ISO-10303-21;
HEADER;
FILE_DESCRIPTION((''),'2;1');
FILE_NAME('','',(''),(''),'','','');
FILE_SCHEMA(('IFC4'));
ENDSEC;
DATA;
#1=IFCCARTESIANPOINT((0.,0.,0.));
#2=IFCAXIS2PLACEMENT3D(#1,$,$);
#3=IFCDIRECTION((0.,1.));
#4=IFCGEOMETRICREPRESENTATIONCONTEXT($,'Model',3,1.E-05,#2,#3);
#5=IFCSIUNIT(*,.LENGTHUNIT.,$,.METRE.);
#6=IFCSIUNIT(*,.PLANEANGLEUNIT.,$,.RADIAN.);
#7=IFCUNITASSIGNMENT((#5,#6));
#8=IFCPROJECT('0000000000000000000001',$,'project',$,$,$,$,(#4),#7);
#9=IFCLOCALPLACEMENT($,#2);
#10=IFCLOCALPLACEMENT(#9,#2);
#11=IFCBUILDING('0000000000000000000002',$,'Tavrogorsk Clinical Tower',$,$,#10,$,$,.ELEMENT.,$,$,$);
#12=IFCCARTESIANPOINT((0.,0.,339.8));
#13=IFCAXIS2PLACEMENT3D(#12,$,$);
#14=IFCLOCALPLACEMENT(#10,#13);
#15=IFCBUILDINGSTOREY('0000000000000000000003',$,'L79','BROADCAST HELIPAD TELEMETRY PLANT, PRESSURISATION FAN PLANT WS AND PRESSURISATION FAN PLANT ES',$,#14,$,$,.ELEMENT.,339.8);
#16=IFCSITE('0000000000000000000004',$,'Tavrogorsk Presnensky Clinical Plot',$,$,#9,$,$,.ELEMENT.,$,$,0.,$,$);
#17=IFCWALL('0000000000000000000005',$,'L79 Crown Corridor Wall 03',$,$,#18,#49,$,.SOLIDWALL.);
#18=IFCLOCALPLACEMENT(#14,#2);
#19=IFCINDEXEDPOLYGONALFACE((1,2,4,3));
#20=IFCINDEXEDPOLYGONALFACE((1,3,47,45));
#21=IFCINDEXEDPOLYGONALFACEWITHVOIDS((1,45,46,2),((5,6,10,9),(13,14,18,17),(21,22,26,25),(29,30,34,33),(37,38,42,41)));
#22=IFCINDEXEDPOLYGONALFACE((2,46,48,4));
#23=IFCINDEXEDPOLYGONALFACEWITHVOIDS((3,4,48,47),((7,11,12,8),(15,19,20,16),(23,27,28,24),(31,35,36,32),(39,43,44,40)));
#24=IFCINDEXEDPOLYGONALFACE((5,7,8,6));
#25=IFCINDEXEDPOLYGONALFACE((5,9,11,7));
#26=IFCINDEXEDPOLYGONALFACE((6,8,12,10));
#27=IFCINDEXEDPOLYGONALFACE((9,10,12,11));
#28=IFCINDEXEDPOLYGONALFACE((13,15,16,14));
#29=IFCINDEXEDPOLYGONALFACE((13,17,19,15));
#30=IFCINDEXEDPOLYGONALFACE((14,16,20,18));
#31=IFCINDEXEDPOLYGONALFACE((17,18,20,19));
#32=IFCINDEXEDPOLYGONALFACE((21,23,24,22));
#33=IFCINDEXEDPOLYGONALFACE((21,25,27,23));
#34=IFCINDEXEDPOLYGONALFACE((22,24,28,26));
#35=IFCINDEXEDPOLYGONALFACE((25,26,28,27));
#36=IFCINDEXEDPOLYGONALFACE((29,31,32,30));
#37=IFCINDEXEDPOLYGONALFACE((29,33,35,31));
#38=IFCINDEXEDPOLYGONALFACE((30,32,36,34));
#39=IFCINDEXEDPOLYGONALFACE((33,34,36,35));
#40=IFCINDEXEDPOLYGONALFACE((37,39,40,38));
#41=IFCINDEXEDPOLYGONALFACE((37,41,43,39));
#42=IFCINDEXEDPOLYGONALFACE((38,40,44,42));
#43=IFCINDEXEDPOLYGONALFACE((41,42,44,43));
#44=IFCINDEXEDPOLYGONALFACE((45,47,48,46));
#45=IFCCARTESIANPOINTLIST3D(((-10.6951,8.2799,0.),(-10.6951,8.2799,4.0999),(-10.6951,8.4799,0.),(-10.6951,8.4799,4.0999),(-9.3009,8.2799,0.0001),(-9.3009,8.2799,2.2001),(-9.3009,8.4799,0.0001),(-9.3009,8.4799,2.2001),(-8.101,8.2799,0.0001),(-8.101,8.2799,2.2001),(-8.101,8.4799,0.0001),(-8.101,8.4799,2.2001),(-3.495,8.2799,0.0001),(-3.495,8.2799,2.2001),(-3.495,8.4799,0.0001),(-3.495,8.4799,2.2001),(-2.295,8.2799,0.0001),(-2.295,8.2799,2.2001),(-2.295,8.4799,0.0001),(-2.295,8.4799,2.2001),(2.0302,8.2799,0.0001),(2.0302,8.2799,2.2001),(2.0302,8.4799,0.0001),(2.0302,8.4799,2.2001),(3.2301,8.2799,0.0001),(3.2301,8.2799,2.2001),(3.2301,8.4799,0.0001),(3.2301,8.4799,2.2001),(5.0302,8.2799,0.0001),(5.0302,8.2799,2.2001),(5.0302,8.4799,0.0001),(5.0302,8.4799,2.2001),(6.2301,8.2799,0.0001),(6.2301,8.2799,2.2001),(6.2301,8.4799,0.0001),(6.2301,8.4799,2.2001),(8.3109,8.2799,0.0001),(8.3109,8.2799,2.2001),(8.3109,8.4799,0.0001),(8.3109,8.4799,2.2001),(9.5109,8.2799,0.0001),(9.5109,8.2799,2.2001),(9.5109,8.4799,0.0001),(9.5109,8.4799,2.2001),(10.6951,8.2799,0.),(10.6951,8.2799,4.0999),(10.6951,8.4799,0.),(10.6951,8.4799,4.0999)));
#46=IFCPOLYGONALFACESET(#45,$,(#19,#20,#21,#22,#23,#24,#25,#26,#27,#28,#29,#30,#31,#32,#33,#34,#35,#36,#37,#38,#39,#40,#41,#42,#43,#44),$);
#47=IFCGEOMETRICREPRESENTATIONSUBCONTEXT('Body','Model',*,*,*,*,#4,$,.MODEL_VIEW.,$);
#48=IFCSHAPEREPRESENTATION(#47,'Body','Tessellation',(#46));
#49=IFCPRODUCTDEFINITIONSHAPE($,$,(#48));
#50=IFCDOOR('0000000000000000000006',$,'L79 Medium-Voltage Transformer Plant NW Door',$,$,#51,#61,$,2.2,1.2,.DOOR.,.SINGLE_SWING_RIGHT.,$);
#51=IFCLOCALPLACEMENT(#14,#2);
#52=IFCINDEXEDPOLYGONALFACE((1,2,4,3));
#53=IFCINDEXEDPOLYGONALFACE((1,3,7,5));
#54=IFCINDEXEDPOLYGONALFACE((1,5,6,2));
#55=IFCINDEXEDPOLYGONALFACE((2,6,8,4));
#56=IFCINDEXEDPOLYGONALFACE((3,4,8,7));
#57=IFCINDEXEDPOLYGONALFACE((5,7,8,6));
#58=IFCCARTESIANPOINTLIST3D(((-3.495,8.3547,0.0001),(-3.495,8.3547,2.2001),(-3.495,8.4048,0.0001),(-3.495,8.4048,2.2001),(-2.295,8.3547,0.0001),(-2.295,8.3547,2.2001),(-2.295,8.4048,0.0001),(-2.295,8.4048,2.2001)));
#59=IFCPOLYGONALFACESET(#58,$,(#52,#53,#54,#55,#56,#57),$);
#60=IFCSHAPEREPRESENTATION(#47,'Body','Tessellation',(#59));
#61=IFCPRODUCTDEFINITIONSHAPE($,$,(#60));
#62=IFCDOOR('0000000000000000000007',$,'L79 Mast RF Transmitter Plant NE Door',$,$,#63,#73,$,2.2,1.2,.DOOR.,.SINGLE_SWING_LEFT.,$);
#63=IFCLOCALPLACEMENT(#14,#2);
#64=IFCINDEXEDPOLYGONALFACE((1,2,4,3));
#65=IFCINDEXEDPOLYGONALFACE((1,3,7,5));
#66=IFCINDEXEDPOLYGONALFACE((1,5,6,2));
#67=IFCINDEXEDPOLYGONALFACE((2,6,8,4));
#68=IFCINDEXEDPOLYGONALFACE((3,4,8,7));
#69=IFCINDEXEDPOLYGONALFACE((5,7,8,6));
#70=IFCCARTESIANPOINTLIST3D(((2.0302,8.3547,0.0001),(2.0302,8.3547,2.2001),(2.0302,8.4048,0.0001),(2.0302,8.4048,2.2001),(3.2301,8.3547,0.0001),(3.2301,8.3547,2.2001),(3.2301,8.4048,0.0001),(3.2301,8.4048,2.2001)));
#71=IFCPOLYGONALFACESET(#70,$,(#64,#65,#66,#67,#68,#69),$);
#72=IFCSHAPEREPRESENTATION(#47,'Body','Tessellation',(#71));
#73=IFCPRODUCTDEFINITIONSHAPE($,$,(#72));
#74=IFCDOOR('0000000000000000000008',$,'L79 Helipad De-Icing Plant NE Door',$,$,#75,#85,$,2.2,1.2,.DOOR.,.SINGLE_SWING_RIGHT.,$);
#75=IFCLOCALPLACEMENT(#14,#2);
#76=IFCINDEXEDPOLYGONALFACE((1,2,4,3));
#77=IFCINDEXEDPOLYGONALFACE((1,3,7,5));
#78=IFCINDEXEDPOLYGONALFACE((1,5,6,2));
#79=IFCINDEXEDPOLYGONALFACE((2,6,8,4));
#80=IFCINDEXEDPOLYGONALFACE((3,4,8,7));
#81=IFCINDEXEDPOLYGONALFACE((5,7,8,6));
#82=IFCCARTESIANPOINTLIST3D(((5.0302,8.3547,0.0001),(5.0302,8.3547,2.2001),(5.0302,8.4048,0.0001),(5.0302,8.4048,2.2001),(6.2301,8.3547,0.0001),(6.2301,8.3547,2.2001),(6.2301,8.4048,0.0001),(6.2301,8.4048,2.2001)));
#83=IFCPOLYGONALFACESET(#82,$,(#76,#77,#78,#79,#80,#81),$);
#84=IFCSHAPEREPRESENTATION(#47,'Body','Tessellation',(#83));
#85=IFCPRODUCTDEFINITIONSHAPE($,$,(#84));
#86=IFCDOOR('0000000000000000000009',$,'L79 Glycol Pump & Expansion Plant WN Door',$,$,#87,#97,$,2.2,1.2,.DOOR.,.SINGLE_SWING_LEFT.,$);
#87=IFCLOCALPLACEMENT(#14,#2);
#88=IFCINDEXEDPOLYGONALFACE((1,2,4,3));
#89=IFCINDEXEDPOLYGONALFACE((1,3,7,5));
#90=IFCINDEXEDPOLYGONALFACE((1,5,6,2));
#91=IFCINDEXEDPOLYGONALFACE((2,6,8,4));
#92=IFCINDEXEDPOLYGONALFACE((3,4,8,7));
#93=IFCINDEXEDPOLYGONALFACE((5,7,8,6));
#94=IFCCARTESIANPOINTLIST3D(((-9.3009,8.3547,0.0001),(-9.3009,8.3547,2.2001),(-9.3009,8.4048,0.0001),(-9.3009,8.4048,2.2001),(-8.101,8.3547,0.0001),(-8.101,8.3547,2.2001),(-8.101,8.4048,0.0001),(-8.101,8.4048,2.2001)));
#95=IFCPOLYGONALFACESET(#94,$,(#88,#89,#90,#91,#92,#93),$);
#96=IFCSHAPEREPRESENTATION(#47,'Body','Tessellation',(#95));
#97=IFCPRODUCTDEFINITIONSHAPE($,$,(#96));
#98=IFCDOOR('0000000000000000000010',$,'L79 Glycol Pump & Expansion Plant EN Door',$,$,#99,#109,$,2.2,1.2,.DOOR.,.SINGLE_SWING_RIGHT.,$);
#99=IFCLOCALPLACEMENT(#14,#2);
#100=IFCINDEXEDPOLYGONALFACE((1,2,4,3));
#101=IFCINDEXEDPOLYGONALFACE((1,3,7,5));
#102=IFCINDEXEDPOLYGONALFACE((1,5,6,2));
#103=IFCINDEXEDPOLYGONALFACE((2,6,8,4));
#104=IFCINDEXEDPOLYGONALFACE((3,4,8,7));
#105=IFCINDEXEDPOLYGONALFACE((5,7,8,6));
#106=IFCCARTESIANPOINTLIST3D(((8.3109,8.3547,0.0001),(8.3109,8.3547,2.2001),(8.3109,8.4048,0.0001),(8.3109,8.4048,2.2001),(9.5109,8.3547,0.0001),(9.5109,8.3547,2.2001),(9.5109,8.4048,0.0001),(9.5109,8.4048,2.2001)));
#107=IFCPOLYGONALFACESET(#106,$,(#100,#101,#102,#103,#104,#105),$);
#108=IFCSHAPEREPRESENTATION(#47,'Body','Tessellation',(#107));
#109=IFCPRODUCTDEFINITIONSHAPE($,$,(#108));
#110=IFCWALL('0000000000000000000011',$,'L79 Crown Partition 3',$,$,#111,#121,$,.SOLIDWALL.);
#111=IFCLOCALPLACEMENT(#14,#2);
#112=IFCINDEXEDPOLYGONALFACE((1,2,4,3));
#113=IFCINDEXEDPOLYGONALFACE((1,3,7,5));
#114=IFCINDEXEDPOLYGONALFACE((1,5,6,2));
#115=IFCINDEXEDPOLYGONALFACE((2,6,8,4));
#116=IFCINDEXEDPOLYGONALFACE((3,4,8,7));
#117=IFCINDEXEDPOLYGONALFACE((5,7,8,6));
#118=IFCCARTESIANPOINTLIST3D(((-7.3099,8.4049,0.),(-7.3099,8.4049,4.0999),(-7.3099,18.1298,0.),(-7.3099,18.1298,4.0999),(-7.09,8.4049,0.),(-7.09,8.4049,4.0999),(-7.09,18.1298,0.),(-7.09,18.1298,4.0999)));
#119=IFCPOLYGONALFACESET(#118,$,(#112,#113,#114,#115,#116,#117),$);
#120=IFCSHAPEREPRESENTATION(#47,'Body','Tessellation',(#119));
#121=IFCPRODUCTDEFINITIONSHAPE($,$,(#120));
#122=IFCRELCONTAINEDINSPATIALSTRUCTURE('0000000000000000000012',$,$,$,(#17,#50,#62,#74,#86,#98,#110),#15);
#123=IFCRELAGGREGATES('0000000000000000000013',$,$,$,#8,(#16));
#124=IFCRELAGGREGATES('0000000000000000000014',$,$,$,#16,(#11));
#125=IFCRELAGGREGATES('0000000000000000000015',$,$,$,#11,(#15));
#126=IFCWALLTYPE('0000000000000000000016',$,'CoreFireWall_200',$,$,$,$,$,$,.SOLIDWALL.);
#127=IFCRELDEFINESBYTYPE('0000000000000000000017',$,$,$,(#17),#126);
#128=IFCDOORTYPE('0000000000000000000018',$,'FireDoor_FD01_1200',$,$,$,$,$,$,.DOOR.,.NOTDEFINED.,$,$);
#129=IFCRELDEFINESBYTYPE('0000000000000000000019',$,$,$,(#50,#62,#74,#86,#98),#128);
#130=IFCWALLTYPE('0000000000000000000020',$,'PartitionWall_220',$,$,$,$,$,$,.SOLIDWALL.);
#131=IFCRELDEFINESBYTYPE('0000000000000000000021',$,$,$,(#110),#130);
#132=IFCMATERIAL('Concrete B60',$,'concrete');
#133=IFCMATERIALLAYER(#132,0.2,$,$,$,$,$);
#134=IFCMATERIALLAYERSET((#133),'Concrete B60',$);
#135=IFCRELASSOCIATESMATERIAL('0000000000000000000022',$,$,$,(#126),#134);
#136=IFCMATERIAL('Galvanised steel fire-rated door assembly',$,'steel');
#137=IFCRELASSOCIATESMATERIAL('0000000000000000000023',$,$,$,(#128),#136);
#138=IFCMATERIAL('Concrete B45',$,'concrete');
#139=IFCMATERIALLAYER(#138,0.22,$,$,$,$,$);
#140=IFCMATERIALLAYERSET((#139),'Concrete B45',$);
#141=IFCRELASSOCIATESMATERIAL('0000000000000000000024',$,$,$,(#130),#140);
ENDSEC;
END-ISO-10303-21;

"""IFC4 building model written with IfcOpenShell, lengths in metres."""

from ifc_helpers import new_model, si_unit, direction, frame, frame_2d, origin, place, context, subcontext, project, spatial, rectangle, extrude, material, layer, layer_set, type_object, element, fill, save


model = new_model("IFC4")

# Units and contexts
model_context = context("Model", 3, precision=1e-05, world=origin(), true_north=direction((0.0, 1.0)))
body_context = subcontext(model_context, "Body", "Model", "MODEL_VIEW")
ifc_project = project(units=[si_unit("LENGTHUNIT", "METRE"), si_unit("PLANEANGLEUNIT", "RADIAN")], contexts=[model_context])

# Site, building, storey
site_placement = place(None, origin())
site = spatial("IfcSite", under=ifc_project, at=site_placement, Name="Tavrogorsk Presnensky Clinical Plot", CompositionType="ELEMENT", RefElevation=0.0)
building_placement = place(site_placement, origin())
building = spatial("IfcBuilding", under=site, at=building_placement, Name="Tavrogorsk Clinical Tower", CompositionType="ELEMENT")
storey_placement = place(building_placement, frame((0.0, 0.0, 339.8)))
storey = spatial("IfcBuildingStorey", under=building, at=storey_placement, Name="L79", Description="BROADCAST HELIPAD TELEMETRY PLANT, PRESSURISATION FAN PLANT WS AND PRESSURISATION FAN PLANT ES", CompositionType="ELEMENT", Elevation=339.8)

# Shared definitions
ifc_material_1 = material(Name="Concrete B60", Category="concrete")
ifc_layer_1 = layer(ifc_material_1, 0.2)
ifc_layer_set_1 = layer_set([ifc_layer_1], Name="Concrete B60")
wall_type_1 = type_object("IfcWallType", Name="CoreFireWall_200", PredefinedType="SOLIDWALL", material=ifc_layer_set_1)

# Wall, openings, doors
wall_1_placement = place(storey_placement, frame((-10.6951, 8.3799, 0.0), z_axis=(0.0, 0.0, 1.0), x_axis=(1.0, 0.0, 0.0)))
wall_1 = element("IfcWall", 1, at=wall_1_placement, inside=storey, type_object=wall_type_1, Name="L79 Crown Corridor Wall 03", PredefinedType="SOLIDWALL", context=body_context, shape_type="SweptSolid", body=[
    extrude(rectangle(XDim=21.3901, YDim=0.2, at=frame_2d((10.6951, 0.0))), origin(), (0.0, 0.0, 1.0), 4.0999),
])
opening_1_placement = place(wall_1_placement, frame((7.2, 0.0, 0.0)))
opening_1 = element("IfcOpeningElement", 2, at=opening_1_placement, cuts=wall_1, PredefinedType="OPENING", context=body_context, shape_type="SweptSolid", body=[
    extrude(rectangle(XDim=1.2, YDim=2.2, at=frame_2d((0.6001, 1.1001))), frame((0.0, 0.1099, 0.0), z_axis=(0.0, -1.0, 0.0), x_axis=(1.0, 0.0, 0.0)), (0.0, 0.0, 1.0), 0.22),
])
opening_2_placement = place(wall_1_placement, frame((12.7251, 0.0, 0.0)))
opening_2 = element("IfcOpeningElement", 3, at=opening_2_placement, cuts=wall_1, PredefinedType="OPENING", context=body_context, shape_type="SweptSolid", body=[
    extrude(rectangle(XDim=1.2, YDim=2.2, at=frame_2d((0.6001, 1.1001))), frame((0.0, 0.1099, 0.0), z_axis=(0.0, -1.0, 0.0), x_axis=(1.0, 0.0, 0.0)), (0.0, 0.0, 1.0), 0.22),
])
opening_3_placement = place(wall_1_placement, frame((15.7251, 0.0, 0.0)))
opening_3 = element("IfcOpeningElement", 4, at=opening_3_placement, cuts=wall_1, PredefinedType="OPENING", context=body_context, shape_type="SweptSolid", body=[
    extrude(rectangle(XDim=1.2, YDim=2.2, at=frame_2d((0.6001, 1.1001))), frame((0.0, 0.1099, 0.0), z_axis=(0.0, -1.0, 0.0), x_axis=(1.0, 0.0, 0.0)), (0.0, 0.0, 1.0), 0.22),
])
opening_4_placement = place(wall_1_placement, frame((1.394, 0.0, 0.0)))
opening_4 = element("IfcOpeningElement", 5, at=opening_4_placement, cuts=wall_1, PredefinedType="OPENING", context=body_context, shape_type="SweptSolid", body=[
    extrude(rectangle(XDim=1.2, YDim=2.2, at=frame_2d((0.6001, 1.1001))), frame((0.0, 0.1099, 0.0), z_axis=(0.0, -1.0, 0.0), x_axis=(1.0, 0.0, 0.0)), (0.0, 0.0, 1.0), 0.22),
])
opening_5_placement = place(wall_1_placement, frame((19.0059, 0.0, 0.0)))
opening_5 = element("IfcOpeningElement", 6, at=opening_5_placement, cuts=wall_1, PredefinedType="OPENING", context=body_context, shape_type="SweptSolid", body=[
    extrude(rectangle(XDim=1.2, YDim=2.2, at=frame_2d((0.6001, 1.1001))), frame((0.0, 0.1099, 0.0), z_axis=(0.0, -1.0, 0.0), x_axis=(1.0, 0.0, 0.0)), (0.0, 0.0, 1.0), 0.22),
])
ifc_material_2 = material(Name="Galvanised steel fire-rated door assembly", Category="steel")
door_type = type_object("IfcDoorType", Name="FireDoor_FD01_1200", OperationType="NOTDEFINED", PredefinedType="DOOR", material=ifc_material_2)
door_1_placement = place(opening_1_placement, origin())
door_1 = element("IfcDoor", 7, at=door_1_placement, inside=storey, type_object=door_type, Name="L79 Medium-Voltage Transformer Plant NW Door", OperationType="SINGLE_SWING_RIGHT", OverallHeight=2.2, OverallWidth=1.2, PredefinedType="DOOR", context=body_context, shape_type="SweptSolid", body=[
    extrude(rectangle(XDim=1.2, YDim=2.2, at=frame_2d((0.6001, 1.1001))), frame((0.0, 0.0249, 0.0), z_axis=(0.0, -1.0, 0.0), x_axis=(1.0, 0.0, 0.0)), (0.0, 0.0, 1.0), 0.05),
])
fill(opening_1, door_1)
door_2_placement = place(opening_2_placement, origin())
door_2 = element("IfcDoor", 8, at=door_2_placement, inside=storey, type_object=door_type, Name="L79 Mast RF Transmitter Plant NE Door", OperationType="SINGLE_SWING_LEFT", OverallHeight=2.2, OverallWidth=1.2, PredefinedType="DOOR", context=body_context, shape_type="SweptSolid", body=[
    extrude(rectangle(XDim=1.2, YDim=2.2, at=frame_2d((0.6001, 1.1001))), frame((0.0, 0.0249, 0.0), z_axis=(0.0, -1.0, 0.0), x_axis=(1.0, 0.0, 0.0)), (0.0, 0.0, 1.0), 0.05),
])
fill(opening_2, door_2)
door_3_placement = place(opening_3_placement, origin())
door_3 = element("IfcDoor", 9, at=door_3_placement, inside=storey, type_object=door_type, Name="L79 Helipad De-Icing Plant NE Door", OperationType="SINGLE_SWING_RIGHT", OverallHeight=2.2, OverallWidth=1.2, PredefinedType="DOOR", context=body_context, shape_type="SweptSolid", body=[
    extrude(rectangle(XDim=1.2, YDim=2.2, at=frame_2d((0.6001, 1.1001))), frame((0.0, 0.0249, 0.0), z_axis=(0.0, -1.0, 0.0), x_axis=(1.0, 0.0, 0.0)), (0.0, 0.0, 1.0), 0.05),
])
fill(opening_3, door_3)
door_4_placement = place(opening_4_placement, origin())
door_4 = element("IfcDoor", 10, at=door_4_placement, inside=storey, type_object=door_type, Name="L79 Glycol Pump & Expansion Plant WN Door", OperationType="SINGLE_SWING_LEFT", OverallHeight=2.2, OverallWidth=1.2, PredefinedType="DOOR", context=body_context, shape_type="SweptSolid", body=[
    extrude(rectangle(XDim=1.2, YDim=2.2, at=frame_2d((0.6001, 1.1001))), frame((0.0, 0.0249, 0.0), z_axis=(0.0, -1.0, 0.0), x_axis=(1.0, 0.0, 0.0)), (0.0, 0.0, 1.0), 0.05),
])
fill(opening_4, door_4)
door_5_placement = place(opening_5_placement, origin())
door_5 = element("IfcDoor", 11, at=door_5_placement, inside=storey, type_object=door_type, Name="L79 Glycol Pump & Expansion Plant EN Door", OperationType="SINGLE_SWING_RIGHT", OverallHeight=2.2, OverallWidth=1.2, PredefinedType="DOOR", context=body_context, shape_type="SweptSolid", body=[
    extrude(rectangle(XDim=1.2, YDim=2.2, at=frame_2d((0.6001, 1.1001))), frame((0.0, 0.0249, 0.0), z_axis=(0.0, -1.0, 0.0), x_axis=(1.0, 0.0, 0.0)), (0.0, 0.0, 1.0), 0.05),
])
fill(opening_5, door_5)

# Wall
ifc_material_3 = material(Name="Concrete B45", Category="concrete")
ifc_layer_2 = layer(ifc_material_3, 0.22)
ifc_layer_set_2 = layer_set([ifc_layer_2], Name="Concrete B45")
wall_type_2 = type_object("IfcWallType", Name="PartitionWall_220", PredefinedType="SOLIDWALL", material=ifc_layer_set_2)
wall_2_placement = place(storey_placement, frame((-7.2, 8.405, 0.0), z_axis=(0.0, 0.0, 1.0), x_axis=(0.0, 1.0, 0.0)))
element("IfcWall", 12, at=wall_2_placement, inside=storey, type_object=wall_type_2, Name="L79 Crown Partition 3", PredefinedType="SOLIDWALL", context=body_context, shape_type="SweptSolid", body=[
    extrude(rectangle(XDim=9.7249, YDim=0.22, at=frame_2d((4.8623, 0.0))), origin(), (0.0, 0.0, 1.0), 4.0999),
])

save(model, "model.ifc")
